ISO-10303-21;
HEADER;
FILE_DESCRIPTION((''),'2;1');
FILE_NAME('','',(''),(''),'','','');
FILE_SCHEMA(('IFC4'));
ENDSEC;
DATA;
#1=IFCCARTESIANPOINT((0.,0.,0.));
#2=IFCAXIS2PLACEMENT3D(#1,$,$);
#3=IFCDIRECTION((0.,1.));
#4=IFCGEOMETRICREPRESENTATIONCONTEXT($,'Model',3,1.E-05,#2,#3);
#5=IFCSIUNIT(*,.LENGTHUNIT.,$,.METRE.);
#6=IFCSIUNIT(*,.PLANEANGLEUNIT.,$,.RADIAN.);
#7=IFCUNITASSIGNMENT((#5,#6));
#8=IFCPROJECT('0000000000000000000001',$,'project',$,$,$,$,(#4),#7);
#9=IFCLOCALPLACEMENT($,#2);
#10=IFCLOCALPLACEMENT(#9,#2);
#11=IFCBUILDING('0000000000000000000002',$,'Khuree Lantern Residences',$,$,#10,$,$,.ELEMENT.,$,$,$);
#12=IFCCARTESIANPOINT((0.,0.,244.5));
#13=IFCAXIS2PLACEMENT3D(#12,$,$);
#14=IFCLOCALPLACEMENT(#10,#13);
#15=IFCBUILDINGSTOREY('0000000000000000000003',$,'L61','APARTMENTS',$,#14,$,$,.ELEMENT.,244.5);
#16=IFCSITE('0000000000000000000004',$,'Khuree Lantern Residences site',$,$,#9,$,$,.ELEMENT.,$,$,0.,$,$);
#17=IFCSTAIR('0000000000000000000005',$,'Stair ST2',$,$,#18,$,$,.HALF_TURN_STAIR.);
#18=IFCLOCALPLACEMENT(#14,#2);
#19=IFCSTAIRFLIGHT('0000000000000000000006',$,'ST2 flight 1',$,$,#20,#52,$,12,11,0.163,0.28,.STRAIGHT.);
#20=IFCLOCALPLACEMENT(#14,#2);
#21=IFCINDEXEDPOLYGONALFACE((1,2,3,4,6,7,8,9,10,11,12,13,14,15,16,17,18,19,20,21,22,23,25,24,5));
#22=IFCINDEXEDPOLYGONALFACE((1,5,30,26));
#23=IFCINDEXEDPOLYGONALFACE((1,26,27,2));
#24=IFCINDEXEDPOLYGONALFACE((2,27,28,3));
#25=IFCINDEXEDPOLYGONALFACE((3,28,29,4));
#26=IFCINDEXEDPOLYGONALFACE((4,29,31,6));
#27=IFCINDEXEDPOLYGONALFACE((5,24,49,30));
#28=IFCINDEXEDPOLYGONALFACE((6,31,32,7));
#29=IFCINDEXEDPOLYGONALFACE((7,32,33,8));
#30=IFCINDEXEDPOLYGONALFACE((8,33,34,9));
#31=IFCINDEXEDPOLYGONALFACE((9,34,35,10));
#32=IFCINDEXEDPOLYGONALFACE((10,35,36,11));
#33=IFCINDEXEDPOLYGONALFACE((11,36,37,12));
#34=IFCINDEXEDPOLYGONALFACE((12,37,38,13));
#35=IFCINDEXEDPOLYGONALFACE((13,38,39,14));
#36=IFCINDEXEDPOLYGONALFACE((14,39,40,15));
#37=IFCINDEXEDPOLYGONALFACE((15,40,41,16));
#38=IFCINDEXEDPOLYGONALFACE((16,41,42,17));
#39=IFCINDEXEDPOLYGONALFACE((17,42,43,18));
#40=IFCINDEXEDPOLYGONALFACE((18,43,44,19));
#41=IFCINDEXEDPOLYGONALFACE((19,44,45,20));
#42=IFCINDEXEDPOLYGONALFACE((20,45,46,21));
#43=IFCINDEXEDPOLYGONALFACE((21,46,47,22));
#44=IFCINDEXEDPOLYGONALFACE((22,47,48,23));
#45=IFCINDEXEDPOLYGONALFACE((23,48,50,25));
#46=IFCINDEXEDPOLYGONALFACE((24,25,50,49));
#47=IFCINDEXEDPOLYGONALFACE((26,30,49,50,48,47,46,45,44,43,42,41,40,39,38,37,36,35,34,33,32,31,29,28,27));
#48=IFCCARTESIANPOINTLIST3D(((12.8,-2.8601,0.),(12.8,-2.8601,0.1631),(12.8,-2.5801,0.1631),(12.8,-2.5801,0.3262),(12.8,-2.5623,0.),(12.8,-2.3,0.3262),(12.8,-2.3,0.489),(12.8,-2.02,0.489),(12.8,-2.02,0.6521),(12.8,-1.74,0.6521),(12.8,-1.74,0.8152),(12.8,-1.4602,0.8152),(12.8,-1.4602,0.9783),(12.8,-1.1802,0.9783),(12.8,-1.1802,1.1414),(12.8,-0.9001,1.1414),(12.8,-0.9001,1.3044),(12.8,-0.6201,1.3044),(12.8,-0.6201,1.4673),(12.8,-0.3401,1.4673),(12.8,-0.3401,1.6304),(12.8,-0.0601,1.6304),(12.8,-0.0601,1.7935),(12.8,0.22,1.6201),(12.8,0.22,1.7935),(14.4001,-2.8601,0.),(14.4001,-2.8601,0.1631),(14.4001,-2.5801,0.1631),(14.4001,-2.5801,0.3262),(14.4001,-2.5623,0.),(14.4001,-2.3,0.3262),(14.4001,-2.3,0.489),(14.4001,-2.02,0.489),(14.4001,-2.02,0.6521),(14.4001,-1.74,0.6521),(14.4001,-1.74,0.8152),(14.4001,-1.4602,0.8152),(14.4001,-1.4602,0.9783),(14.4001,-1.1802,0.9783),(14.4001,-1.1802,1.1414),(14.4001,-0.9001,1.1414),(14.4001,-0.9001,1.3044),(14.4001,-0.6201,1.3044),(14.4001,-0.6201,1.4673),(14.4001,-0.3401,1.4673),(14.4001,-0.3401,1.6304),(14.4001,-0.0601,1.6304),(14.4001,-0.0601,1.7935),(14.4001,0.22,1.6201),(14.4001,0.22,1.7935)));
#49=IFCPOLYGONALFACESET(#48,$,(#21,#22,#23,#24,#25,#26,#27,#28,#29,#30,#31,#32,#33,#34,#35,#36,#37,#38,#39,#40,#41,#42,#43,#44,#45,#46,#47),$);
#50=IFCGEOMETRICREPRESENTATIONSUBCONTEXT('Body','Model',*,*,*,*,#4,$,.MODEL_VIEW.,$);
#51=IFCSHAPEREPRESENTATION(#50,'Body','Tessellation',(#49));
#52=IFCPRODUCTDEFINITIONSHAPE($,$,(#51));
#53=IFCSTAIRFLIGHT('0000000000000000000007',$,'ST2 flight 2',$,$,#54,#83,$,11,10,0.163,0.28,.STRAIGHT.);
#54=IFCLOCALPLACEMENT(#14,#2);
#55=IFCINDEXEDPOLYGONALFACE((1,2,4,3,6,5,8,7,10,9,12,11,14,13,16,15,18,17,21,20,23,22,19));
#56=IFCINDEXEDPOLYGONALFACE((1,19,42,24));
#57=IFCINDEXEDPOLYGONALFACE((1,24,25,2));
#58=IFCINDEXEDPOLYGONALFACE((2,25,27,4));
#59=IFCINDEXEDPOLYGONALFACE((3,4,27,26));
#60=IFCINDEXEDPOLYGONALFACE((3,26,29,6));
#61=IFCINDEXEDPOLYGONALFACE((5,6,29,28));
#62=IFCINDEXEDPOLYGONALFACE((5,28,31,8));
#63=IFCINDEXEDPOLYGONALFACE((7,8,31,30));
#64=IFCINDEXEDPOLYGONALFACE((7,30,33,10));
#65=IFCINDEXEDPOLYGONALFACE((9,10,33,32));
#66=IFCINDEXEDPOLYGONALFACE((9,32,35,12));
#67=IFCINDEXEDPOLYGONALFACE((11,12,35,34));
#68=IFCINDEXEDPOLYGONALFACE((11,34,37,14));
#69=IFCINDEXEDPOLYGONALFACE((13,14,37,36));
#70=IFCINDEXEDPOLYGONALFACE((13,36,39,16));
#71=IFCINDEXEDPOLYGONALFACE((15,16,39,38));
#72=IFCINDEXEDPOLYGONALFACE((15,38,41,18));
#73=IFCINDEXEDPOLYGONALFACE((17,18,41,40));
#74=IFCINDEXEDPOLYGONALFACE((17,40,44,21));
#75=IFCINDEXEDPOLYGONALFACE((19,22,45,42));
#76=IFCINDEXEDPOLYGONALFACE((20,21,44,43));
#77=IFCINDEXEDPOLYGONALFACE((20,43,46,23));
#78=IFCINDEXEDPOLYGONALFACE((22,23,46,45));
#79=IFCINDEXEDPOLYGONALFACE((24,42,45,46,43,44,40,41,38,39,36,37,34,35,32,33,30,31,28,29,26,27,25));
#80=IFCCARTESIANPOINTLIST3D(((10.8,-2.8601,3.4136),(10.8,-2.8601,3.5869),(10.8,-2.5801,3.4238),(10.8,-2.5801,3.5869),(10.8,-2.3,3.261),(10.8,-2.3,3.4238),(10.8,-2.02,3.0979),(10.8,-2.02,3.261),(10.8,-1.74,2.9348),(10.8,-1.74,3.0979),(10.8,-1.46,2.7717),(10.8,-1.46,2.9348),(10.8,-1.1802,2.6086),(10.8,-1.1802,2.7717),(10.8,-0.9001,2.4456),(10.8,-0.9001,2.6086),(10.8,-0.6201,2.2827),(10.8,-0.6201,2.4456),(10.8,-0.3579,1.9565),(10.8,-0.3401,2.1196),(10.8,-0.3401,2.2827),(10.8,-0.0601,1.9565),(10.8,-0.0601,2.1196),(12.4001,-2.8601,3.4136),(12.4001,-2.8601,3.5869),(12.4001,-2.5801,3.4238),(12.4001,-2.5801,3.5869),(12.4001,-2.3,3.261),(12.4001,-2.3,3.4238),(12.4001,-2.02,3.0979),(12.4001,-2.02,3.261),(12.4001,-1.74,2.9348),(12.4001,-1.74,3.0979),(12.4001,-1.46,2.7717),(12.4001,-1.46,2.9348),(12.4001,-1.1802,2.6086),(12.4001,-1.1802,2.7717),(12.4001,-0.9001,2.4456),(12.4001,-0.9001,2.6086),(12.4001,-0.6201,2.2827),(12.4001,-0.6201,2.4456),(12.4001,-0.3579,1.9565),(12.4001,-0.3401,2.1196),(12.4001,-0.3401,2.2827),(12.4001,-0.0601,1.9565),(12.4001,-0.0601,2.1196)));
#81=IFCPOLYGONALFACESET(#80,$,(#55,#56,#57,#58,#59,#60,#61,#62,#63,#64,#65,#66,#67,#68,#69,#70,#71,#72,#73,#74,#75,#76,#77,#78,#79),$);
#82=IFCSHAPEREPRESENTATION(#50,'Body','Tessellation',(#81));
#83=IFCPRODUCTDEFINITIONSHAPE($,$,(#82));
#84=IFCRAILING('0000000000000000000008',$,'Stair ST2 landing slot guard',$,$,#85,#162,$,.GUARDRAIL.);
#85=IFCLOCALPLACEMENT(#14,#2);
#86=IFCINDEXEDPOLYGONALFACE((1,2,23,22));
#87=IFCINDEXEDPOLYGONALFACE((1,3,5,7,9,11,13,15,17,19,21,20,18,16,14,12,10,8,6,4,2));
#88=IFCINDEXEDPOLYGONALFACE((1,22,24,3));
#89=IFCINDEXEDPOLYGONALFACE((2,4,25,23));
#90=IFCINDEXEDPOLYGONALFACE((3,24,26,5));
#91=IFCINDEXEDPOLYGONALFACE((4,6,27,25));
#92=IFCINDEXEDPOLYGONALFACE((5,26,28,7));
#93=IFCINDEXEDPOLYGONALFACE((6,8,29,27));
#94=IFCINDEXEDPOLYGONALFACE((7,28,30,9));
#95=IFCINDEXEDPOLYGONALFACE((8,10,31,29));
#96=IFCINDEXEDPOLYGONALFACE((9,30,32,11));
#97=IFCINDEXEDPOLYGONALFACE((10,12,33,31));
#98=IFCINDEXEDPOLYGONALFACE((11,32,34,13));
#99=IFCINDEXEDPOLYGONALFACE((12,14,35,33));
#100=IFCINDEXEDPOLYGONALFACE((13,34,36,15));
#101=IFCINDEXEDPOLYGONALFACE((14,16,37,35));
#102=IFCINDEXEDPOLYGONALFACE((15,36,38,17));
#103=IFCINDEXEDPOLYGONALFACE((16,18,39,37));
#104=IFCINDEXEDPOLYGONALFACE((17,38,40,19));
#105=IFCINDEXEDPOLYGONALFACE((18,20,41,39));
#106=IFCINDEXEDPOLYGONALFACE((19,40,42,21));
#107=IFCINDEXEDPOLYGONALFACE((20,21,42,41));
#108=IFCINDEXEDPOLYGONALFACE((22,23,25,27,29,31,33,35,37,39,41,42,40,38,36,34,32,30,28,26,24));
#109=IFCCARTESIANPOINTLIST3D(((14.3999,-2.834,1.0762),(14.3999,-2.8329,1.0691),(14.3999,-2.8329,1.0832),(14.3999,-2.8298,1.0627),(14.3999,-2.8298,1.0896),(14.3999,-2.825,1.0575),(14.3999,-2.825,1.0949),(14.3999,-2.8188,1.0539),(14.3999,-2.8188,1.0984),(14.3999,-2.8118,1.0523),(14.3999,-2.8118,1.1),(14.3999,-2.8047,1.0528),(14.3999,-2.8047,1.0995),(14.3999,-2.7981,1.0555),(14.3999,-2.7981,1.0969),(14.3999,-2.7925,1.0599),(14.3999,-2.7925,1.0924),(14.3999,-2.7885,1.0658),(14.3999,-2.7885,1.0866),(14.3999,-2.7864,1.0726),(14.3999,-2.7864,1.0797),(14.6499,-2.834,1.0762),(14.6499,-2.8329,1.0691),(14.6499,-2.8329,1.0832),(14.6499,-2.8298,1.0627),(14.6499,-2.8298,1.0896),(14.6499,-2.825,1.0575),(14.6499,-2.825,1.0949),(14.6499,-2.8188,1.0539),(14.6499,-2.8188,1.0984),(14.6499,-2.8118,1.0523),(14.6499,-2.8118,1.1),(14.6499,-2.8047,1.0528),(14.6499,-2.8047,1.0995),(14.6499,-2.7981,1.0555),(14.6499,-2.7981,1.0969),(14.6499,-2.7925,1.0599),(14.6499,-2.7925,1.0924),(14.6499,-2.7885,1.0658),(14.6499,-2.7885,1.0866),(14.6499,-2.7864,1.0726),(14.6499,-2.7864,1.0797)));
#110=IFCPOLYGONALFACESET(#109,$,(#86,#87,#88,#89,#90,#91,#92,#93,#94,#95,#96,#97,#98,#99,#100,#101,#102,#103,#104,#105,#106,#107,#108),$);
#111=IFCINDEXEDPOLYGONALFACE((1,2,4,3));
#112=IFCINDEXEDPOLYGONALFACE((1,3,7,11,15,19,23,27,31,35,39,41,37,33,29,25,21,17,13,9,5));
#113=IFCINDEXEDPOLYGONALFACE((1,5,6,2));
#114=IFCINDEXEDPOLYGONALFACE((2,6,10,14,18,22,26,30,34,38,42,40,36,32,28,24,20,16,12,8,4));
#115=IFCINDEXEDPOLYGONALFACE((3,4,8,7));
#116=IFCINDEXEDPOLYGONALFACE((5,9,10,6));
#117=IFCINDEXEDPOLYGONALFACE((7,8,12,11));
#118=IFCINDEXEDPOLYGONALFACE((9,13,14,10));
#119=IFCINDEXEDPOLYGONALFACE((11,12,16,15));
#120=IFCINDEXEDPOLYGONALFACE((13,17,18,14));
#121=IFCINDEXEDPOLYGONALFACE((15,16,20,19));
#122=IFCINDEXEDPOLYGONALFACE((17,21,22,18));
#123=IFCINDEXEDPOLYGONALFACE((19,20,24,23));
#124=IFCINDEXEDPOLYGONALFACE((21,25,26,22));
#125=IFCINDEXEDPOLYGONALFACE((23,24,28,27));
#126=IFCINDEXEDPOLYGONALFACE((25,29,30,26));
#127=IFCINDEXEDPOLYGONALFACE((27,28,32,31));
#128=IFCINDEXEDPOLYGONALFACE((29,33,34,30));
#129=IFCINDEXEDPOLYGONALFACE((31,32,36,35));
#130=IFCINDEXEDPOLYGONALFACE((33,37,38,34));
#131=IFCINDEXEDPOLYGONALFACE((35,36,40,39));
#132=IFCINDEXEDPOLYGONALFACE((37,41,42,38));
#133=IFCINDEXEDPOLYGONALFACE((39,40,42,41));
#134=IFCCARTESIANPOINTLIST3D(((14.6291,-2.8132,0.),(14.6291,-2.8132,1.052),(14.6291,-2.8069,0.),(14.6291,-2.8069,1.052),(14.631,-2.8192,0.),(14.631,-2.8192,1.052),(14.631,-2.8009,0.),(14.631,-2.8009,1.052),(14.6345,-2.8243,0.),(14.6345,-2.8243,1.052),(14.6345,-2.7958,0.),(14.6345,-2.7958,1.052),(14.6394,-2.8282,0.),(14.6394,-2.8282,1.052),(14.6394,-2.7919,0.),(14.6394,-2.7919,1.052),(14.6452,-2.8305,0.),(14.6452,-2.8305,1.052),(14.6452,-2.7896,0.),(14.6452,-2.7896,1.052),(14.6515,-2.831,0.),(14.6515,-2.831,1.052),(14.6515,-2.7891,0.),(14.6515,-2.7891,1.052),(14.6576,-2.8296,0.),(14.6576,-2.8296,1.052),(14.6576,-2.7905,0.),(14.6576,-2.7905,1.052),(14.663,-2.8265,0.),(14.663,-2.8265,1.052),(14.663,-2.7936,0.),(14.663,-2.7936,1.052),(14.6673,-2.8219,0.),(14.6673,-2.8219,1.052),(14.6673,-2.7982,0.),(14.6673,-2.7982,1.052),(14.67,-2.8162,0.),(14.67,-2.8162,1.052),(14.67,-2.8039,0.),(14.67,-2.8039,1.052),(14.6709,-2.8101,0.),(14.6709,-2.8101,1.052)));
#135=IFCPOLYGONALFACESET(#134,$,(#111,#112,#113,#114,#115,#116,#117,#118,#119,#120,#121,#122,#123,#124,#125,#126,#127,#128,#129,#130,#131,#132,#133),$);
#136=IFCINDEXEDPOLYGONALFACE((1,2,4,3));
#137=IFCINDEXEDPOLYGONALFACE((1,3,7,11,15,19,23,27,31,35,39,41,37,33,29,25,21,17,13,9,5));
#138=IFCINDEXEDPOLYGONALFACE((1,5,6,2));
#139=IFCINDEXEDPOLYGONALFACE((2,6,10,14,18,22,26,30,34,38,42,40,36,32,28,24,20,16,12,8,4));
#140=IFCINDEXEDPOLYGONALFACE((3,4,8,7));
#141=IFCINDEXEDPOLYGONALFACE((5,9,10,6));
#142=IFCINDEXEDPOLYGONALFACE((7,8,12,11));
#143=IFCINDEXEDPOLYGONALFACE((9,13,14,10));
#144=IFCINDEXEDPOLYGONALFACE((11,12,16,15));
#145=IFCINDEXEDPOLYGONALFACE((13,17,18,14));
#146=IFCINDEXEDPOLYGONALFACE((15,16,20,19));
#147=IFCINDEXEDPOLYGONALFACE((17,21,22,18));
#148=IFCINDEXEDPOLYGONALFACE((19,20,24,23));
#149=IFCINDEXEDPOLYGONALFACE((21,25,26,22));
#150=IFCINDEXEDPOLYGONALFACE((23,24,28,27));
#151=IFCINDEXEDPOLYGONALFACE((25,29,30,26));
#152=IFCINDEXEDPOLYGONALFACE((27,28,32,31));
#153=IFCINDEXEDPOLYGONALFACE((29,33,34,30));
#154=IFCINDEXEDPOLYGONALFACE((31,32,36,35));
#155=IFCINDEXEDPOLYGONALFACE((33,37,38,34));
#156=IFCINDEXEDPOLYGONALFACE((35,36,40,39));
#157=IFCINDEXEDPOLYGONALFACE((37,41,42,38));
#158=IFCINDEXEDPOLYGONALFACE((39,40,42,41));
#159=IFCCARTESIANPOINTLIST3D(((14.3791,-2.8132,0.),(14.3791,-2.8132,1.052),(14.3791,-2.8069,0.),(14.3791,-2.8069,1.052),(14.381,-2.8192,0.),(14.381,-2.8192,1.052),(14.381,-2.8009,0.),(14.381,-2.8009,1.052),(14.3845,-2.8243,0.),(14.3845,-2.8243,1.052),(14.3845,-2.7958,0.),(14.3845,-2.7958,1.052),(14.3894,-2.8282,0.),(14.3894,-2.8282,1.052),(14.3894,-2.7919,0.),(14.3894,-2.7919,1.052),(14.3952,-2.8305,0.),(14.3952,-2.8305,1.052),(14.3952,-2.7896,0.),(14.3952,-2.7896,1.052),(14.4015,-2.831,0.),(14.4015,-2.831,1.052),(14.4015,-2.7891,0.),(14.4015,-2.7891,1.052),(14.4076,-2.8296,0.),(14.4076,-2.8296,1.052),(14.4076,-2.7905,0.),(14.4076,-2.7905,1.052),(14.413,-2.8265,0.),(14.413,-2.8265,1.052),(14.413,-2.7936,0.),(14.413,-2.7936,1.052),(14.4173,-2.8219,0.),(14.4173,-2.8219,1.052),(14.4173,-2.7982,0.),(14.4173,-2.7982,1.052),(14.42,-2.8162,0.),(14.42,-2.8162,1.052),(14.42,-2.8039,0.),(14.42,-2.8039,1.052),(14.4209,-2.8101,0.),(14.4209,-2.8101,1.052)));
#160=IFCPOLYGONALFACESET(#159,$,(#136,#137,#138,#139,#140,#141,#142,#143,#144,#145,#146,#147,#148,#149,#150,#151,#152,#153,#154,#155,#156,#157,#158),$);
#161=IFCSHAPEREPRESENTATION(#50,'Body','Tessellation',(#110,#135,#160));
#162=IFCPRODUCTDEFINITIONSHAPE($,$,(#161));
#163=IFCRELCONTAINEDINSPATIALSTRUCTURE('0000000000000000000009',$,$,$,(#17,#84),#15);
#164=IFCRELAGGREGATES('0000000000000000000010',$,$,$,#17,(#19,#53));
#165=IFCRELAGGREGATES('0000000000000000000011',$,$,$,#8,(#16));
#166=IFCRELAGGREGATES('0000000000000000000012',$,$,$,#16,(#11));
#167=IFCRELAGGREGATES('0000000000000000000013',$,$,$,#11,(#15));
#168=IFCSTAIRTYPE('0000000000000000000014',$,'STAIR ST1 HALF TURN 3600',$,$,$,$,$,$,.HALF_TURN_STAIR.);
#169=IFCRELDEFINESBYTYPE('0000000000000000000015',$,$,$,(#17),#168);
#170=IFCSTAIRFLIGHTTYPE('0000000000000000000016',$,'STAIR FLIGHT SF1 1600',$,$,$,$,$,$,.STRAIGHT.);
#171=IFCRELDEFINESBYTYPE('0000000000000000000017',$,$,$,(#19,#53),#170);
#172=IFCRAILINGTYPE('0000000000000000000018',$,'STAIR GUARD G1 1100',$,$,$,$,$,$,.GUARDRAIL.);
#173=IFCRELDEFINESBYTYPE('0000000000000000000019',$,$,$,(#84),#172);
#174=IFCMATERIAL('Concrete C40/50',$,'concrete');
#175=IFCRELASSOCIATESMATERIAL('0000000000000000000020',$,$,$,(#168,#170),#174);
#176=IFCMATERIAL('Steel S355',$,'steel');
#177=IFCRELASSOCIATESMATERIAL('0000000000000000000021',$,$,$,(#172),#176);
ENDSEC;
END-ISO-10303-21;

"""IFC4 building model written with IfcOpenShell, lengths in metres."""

from ifc_helpers import new_model, si_unit, direction, frame, origin, origin_2d, place, context, subcontext, project, spatial, polyline, circle, outline, extrude, material, type_object, element, aggregate, save


model = new_model("IFC4")

# Units and contexts
model_context = context("Model", 3, precision=1e-05, world=origin(), true_north=direction((0.0, 1.0)))
body_context = subcontext(model_context, "Body", "Model", "MODEL_VIEW")
ifc_project = project(units=[si_unit("LENGTHUNIT", "METRE"), si_unit("PLANEANGLEUNIT", "RADIAN")], contexts=[model_context])

# Site, building, storey
site_placement = place(None, origin())
site = spatial("IfcSite", under=ifc_project, at=site_placement, Name="Khuree Lantern Residences site", CompositionType="ELEMENT", RefElevation=0.0)
building_placement = place(site_placement, origin())
building = spatial("IfcBuilding", under=site, at=building_placement, Name="Khuree Lantern Residences", CompositionType="ELEMENT")
storey_placement = place(building_placement, frame((0.0, 0.0, 244.5)))
storey = spatial("IfcBuildingStorey", under=building, at=storey_placement, Name="L61", Description="APARTMENTS", CompositionType="ELEMENT", Elevation=244.5)

# Stair, stair flights
ifc_material_1 = material(Name="Concrete C40/50", Category="concrete")
stair_type = type_object("IfcStairType", Name="STAIR ST1 HALF TURN 3600", PredefinedType="HALF_TURN_STAIR", material=ifc_material_1)
stair_placement = place(storey_placement, origin())
stair = element("IfcStair", 1, at=stair_placement, inside=storey, type_object=stair_type, Name="Stair ST2", PredefinedType="HALF_TURN_STAIR")
stair_flight_type = type_object("IfcStairFlightType", Name="STAIR FLIGHT SF1 1600", PredefinedType="STRAIGHT", material=ifc_material_1)
stair_flight_1_placement = place(storey_placement, frame((13.6001, -2.8601, 0.0), z_axis=(0.0, 0.0, 1.0), x_axis=(0.0, 1.0, 0.0)))
stair_flight_1 = element("IfcStairFlight", 2, at=stair_flight_1_placement, type_object=stair_flight_type, Name="ST2 flight 1", NumberOfRisers=12, NumberOfTreads=11, PredefinedType="STRAIGHT", RiserHeight=0.163, TreadLength=0.28, context=body_context, shape_type="SweptSolid", body=[
    extrude(outline(polyline([(0.0, 0.0), (0.0, 0.1631), (0.28, 0.1631), (0.28, 0.3262), (0.5601, 0.3262), (0.5601, 0.489), (0.8401, 0.489), (0.8401, 0.6521), (1.1201, 0.6521), (1.1201, 0.8152), (1.3999, 0.8152), (1.3999, 0.9783), (1.6799, 0.9783), (1.6799, 1.1414), (1.96, 1.1414), (1.96, 1.3044), (2.24, 1.3044), (2.24, 1.4673), (2.52, 1.4673), (2.52, 1.6304), (2.8, 1.6304), (2.8, 1.7935), (3.0801, 1.7935), (3.0801, 1.9565), (3.0801, 1.6201), (0.2979, 0.0), (0.0, 0.0)])), frame((0.0, 0.8, 0.0), z_axis=(0.0, -1.0, 0.0), x_axis=(1.0, 0.0, 0.0)), (0.0, 0.0, 1.0), 1.6001),
])
stair_flight_2_placement = place(storey_placement, frame((11.6001, -0.0601, 1.9565), z_axis=(0.0, 0.0, 1.0), x_axis=(0.0, -1.0, 0.0)))
stair_flight_2 = element("IfcStairFlight", 3, at=stair_flight_2_placement, type_object=stair_flight_type, Name="ST2 flight 2", NumberOfRisers=11, NumberOfTreads=10, PredefinedType="STRAIGHT", RiserHeight=0.163, TreadLength=0.28, context=body_context, shape_type="SweptSolid", body=[
    extrude(outline(polyline([(0.0, 0.0), (0.0, 0.1631), (0.28, 0.1631), (0.28, 0.3262), (0.5601, 0.3262), (0.5601, 0.489), (0.8401, 0.489), (0.8401, 0.6521), (1.1201, 0.6521), (1.1201, 0.8152), (1.3999, 0.8152), (1.3999, 0.9783), (1.6799, 0.9783), (1.6799, 1.1414), (1.96, 1.1414), (1.96, 1.3044), (2.24, 1.3044), (2.24, 1.4673), (2.52, 1.4673), (2.52, 1.6304), (2.8, 1.6304), (2.8, 1.7935), (2.8, 1.457), (0.2979, 0.0), (0.0, 0.0)])), frame((0.0, 0.8, 0.0), z_axis=(0.0, -1.0, 0.0), x_axis=(1.0, 0.0, 0.0)), (0.0, 0.0, 1.0), 1.6001),
])
aggregate(stair, [stair_flight_1, stair_flight_2])

# Railing
ifc_material_2 = material(Name="Steel S355", Category="steel")
railing_type_1 = type_object("IfcRailingType", Name="STAIR GUARD G1 1100", PredefinedType="GUARDRAIL", material=ifc_material_2)
railing_1_placement = place(storey_placement, frame((14.6499, -2.8101, 0.0)))
element("IfcRailing", 4, at=railing_1_placement, inside=storey, type_object=railing_type_1, Name="Stair ST2 landing slot guard", PredefinedType="GUARDRAIL", context=body_context, shape_type="SweptSolid", body=[
    extrude(circle(Radius=0.0239, at=origin_2d()), frame((0.0, 0.0, 1.0762), z_axis=(-1.0, 0.0, 0.0), x_axis=(0.0, -1.0, 0.0)), (0.0, 0.0, 1.0), 0.25),
    extrude(circle(Radius=0.021, at=origin_2d()), origin(), (0.0, 0.0, 1.0), 1.052),
    extrude(circle(Radius=0.021, at=origin_2d()), frame((-0.25, 0.0, 0.0)), (0.0, 0.0, 1.0), 1.052),
])

save(model, "model.ifc")
